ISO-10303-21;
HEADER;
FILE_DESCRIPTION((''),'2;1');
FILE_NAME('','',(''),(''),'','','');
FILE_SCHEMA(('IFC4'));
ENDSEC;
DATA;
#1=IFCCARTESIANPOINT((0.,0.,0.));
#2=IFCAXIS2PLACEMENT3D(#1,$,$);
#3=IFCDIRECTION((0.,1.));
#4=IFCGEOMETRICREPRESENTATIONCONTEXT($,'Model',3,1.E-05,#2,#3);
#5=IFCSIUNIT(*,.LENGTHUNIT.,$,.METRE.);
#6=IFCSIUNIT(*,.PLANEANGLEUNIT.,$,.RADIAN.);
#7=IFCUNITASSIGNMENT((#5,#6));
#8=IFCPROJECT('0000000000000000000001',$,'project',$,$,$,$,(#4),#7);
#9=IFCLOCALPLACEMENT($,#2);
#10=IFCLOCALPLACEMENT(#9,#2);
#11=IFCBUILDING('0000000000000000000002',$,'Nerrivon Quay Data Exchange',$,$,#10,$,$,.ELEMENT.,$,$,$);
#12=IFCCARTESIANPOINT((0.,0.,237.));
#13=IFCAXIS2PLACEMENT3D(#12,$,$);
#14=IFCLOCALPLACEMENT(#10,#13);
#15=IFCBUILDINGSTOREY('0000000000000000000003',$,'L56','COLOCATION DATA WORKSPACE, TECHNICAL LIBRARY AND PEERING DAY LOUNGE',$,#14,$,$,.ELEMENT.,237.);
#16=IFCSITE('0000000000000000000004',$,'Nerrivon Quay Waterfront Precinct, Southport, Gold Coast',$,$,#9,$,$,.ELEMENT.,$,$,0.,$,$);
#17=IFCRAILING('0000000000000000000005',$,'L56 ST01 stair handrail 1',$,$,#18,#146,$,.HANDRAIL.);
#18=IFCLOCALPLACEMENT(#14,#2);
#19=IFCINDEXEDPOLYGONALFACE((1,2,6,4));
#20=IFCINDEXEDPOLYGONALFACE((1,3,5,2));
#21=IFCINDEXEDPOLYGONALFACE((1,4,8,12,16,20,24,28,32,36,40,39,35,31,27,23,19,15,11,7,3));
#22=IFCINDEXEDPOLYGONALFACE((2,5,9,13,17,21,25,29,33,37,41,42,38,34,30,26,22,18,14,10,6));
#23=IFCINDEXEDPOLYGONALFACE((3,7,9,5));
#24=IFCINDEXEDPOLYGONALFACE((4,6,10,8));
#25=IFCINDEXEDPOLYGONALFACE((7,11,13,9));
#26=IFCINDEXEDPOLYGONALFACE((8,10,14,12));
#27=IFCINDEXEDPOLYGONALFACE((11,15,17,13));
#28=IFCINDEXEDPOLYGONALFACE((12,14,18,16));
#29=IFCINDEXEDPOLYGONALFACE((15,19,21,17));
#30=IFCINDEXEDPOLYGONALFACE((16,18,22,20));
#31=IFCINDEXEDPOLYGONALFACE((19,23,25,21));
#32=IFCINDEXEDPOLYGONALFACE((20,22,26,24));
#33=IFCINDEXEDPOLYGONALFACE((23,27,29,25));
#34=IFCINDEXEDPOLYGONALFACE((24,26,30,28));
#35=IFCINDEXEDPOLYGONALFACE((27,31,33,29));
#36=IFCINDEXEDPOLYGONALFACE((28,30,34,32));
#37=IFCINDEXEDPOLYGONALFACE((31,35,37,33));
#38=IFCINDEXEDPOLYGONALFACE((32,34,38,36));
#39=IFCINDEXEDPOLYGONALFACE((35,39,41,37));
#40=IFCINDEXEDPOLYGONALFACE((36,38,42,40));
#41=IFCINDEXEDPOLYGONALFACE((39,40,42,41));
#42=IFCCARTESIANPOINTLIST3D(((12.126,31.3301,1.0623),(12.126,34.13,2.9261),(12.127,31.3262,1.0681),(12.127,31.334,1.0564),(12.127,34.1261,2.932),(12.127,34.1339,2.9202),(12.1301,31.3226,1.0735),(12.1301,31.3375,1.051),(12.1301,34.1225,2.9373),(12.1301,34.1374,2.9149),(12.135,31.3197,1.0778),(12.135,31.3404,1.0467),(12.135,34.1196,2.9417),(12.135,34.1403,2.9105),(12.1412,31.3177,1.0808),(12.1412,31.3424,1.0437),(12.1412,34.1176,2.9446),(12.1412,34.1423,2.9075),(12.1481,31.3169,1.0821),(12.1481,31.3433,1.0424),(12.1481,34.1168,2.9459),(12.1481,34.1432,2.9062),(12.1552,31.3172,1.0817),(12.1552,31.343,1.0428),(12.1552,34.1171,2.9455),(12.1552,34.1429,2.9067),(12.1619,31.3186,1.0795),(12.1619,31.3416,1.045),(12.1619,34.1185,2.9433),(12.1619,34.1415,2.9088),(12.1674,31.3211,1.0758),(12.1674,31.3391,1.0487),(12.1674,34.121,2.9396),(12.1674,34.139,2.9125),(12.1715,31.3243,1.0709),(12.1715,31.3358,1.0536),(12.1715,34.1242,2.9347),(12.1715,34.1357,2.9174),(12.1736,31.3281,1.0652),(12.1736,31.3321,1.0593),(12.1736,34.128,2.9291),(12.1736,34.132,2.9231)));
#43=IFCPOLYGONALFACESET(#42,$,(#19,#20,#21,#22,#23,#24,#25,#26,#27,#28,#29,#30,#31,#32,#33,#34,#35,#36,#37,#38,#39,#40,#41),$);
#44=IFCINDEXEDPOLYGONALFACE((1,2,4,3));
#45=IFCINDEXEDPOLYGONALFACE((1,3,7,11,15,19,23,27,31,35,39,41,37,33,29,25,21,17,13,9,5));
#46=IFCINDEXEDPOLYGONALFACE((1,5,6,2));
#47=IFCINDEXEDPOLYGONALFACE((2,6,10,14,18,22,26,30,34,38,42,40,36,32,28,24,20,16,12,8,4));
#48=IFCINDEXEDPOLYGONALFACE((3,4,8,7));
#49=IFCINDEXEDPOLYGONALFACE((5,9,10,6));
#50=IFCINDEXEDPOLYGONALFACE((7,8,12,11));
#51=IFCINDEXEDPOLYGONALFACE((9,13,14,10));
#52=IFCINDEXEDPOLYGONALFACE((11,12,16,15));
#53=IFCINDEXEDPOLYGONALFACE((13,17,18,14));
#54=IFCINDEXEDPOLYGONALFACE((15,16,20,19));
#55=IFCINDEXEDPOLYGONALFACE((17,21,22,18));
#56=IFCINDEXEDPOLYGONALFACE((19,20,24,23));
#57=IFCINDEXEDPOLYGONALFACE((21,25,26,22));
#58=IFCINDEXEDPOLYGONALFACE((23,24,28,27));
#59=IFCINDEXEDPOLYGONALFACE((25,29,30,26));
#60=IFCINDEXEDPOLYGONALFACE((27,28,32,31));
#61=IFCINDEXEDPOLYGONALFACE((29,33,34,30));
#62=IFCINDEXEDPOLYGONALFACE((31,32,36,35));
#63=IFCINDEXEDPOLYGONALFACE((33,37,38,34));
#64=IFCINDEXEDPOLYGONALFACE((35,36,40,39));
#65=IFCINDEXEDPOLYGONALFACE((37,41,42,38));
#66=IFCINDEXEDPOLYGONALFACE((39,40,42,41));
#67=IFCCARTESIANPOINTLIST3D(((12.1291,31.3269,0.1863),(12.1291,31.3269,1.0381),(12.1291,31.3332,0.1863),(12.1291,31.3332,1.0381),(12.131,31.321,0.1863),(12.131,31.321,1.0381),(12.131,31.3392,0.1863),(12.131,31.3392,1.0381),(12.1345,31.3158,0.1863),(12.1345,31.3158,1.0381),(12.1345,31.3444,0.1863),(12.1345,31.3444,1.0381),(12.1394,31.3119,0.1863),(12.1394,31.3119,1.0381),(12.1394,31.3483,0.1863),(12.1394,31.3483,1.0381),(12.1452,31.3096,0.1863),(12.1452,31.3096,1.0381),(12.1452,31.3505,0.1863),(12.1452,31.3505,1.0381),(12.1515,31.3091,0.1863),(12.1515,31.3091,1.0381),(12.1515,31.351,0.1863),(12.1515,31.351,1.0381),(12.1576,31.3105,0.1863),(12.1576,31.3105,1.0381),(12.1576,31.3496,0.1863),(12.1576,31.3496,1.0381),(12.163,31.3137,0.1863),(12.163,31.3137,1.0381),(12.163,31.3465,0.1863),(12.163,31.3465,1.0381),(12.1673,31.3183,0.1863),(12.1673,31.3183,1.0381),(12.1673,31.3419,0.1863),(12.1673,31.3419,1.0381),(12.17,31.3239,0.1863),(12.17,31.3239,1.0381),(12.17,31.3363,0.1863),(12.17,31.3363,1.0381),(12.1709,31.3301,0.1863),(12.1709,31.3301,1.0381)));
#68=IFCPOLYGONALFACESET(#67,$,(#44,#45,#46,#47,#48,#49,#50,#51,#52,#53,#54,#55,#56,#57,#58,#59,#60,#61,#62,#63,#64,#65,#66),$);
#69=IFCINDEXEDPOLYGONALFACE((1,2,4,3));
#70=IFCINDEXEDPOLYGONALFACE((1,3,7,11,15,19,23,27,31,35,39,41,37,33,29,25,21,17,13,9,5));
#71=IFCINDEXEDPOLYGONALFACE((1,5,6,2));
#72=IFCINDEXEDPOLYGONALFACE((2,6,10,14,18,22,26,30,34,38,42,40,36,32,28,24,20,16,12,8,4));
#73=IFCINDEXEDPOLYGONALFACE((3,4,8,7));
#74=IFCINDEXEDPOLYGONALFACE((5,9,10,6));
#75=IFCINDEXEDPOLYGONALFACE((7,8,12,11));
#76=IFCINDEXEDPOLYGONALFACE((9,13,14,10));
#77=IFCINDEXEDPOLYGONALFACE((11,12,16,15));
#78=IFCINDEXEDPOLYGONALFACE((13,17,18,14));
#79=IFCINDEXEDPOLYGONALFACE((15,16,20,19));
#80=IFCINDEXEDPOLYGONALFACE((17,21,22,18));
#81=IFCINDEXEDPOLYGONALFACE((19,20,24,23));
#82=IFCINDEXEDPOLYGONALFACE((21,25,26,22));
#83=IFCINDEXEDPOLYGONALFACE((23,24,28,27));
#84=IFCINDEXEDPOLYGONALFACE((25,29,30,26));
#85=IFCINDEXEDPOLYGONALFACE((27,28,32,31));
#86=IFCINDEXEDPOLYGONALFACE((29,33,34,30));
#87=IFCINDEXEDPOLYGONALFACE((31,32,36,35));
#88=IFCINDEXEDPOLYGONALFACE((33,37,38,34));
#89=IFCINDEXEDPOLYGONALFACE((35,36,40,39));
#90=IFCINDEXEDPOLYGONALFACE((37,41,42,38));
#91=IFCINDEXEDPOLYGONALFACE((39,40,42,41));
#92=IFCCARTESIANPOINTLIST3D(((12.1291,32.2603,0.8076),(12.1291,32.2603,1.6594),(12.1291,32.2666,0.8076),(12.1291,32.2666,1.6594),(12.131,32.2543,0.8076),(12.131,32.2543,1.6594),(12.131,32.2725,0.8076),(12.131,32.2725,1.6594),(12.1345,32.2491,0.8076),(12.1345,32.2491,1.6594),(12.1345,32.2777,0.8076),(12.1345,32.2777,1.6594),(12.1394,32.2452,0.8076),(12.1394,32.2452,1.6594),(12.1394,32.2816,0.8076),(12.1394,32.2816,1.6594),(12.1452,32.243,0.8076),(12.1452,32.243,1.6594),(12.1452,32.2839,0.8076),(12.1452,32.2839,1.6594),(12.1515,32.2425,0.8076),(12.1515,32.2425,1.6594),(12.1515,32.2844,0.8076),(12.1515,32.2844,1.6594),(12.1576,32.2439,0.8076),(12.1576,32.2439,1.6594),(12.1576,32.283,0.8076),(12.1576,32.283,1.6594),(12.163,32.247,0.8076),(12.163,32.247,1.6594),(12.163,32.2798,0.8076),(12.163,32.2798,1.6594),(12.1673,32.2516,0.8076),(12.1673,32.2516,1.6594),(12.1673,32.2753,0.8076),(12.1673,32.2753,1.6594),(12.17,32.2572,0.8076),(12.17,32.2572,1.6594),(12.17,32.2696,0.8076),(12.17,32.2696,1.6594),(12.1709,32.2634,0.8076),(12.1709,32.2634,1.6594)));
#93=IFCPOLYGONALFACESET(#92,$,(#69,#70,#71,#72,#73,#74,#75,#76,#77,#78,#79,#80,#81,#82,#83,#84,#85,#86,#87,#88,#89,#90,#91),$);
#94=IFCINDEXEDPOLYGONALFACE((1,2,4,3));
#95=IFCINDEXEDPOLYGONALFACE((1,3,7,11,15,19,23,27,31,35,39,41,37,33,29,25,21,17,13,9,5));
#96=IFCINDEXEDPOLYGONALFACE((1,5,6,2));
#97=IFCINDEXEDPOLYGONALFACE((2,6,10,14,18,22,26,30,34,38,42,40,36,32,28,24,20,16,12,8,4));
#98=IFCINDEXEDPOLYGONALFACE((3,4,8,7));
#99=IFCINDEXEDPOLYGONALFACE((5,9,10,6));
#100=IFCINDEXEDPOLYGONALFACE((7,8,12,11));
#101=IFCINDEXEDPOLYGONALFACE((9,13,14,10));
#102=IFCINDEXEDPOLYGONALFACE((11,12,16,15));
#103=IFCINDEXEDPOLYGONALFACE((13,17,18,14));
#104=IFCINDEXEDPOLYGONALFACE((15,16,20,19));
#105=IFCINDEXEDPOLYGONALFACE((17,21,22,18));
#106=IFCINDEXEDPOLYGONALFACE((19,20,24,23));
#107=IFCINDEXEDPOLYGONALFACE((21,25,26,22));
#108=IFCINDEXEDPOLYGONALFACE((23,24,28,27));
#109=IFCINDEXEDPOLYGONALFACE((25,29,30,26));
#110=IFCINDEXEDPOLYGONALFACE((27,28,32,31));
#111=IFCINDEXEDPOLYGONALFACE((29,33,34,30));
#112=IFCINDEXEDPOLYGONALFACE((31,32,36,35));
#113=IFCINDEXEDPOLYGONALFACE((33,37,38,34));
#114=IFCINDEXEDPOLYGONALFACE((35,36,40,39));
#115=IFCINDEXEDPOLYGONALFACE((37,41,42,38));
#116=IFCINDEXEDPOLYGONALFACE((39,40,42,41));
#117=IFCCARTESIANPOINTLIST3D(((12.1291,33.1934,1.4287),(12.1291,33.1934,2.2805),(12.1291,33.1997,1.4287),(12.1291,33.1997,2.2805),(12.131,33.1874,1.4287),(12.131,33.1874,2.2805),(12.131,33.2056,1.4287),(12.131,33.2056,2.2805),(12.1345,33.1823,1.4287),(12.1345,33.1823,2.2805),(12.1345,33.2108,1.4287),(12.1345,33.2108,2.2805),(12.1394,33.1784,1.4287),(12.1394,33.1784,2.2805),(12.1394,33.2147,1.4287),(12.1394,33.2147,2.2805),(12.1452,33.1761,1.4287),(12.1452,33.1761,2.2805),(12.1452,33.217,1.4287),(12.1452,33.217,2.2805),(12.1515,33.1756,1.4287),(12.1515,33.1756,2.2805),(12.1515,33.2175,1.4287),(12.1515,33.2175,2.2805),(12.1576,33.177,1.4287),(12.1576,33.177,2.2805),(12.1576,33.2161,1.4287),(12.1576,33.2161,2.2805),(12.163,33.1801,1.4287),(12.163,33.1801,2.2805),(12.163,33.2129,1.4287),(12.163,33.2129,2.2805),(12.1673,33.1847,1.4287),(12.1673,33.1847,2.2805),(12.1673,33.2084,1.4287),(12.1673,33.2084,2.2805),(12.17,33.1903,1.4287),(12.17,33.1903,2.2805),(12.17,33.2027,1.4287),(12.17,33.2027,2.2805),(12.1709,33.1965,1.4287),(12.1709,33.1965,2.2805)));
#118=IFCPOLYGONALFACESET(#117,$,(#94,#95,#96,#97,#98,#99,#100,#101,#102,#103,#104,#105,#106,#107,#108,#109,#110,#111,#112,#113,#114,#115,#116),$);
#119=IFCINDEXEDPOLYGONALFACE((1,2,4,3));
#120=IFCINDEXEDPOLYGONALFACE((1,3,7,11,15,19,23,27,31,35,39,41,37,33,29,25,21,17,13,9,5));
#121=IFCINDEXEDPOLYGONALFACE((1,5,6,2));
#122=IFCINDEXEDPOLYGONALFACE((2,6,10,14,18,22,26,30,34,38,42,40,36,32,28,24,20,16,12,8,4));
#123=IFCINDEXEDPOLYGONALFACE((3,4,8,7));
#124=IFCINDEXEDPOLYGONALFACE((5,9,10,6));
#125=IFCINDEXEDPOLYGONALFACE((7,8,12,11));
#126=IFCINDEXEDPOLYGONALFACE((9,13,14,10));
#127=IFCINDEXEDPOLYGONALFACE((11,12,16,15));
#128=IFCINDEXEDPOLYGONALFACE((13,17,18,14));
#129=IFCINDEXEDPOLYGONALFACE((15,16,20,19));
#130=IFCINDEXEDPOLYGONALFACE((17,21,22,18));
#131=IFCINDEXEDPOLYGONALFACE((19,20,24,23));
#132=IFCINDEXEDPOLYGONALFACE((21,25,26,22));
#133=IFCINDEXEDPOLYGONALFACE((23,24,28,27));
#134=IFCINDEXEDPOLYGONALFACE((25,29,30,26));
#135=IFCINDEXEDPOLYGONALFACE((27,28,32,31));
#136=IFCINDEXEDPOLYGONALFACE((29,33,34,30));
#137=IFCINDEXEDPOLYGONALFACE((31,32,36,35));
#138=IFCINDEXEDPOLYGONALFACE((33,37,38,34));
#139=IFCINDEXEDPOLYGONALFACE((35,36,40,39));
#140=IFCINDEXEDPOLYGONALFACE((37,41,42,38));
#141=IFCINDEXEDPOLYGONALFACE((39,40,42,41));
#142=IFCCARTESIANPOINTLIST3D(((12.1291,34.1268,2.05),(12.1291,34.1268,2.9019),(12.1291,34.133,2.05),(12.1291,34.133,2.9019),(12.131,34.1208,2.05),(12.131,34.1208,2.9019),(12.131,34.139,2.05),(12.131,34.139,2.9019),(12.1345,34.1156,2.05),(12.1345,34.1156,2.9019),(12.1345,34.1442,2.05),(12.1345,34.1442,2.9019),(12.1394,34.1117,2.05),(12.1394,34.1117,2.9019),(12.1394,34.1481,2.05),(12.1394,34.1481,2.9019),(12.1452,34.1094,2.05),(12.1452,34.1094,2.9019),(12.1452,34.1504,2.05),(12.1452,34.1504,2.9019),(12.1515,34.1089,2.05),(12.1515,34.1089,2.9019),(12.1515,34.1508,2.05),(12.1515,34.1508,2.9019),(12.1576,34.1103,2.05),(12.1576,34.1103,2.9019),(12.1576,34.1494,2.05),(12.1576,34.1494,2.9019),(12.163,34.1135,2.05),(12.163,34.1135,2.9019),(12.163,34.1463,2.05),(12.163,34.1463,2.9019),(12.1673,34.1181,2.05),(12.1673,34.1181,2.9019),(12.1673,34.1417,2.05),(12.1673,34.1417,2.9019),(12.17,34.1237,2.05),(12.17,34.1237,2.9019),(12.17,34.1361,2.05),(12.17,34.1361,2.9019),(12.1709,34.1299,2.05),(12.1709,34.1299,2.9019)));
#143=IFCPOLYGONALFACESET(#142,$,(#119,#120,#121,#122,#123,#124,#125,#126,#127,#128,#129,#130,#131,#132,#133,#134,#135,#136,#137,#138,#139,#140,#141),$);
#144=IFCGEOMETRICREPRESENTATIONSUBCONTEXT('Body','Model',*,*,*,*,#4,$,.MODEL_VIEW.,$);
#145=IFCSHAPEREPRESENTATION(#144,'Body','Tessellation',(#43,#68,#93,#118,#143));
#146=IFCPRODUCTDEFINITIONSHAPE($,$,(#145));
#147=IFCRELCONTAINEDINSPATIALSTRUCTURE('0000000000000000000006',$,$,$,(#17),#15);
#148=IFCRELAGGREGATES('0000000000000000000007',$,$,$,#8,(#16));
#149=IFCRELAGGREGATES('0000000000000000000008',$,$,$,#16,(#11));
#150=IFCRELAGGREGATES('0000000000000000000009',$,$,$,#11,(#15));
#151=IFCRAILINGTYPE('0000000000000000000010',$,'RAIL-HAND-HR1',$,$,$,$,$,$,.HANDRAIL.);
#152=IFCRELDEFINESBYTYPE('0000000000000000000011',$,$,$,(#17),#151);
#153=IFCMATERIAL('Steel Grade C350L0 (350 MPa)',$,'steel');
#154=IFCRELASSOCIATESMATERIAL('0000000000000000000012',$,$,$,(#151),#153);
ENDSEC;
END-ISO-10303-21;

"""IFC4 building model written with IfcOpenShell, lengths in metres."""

from ifc_helpers import new_model, si_unit, direction, frame, origin, origin_2d, place, context, subcontext, project, spatial, circle, extrude, material, type_object, element, save


model = new_model("IFC4")

# Units and contexts
model_context = context("Model", 3, precision=1e-05, world=origin(), true_north=direction((0.0, 1.0)))
body_context = subcontext(model_context, "Body", "Model", "MODEL_VIEW")
ifc_project = project(units=[si_unit("LENGTHUNIT", "METRE"), si_unit("PLANEANGLEUNIT", "RADIAN")], contexts=[model_context])

# Site, building, storey
site_placement = place(None, origin())
site = spatial("IfcSite", under=ifc_project, at=site_placement, Name="Nerrivon Quay Waterfront Precinct, Southport, Gold Coast", CompositionType="ELEMENT", RefElevation=0.0)
building_placement = place(site_placement, origin())
building = spatial("IfcBuilding", under=site, at=building_placement, Name="Nerrivon Quay Data Exchange", CompositionType="ELEMENT")
storey_placement = place(building_placement, frame((0.0, 0.0, 237.0)))
storey = spatial("IfcBuildingStorey", under=building, at=storey_placement, Name="L56", Description="COLOCATION DATA WORKSPACE, TECHNICAL LIBRARY AND PEERING DAY LOUNGE", CompositionType="ELEMENT", Elevation=237.0)

# Railing
ifc_material_1 = material(Name="Steel Grade C350L0 (350 MPa)", Category="steel")
railing_type_1 = type_object("IfcRailingType", Name="RAIL-HAND-HR1", PredefinedType="HANDRAIL", material=ifc_material_1)
railing_1_placement = place(storey_placement, frame((12.1499, 31.3301, 0.1863)))
element("IfcRailing", 1, at=railing_1_placement, inside=storey, type_object=railing_type_1, Name="L56 ST01 stair handrail 1", PredefinedType="HANDRAIL", context=body_context, shape_type="SweptSolid", body=[
    extrude(circle(Radius=0.0239, at=origin_2d()), frame((0.0, 0.0, 0.876), z_axis=(0.0, 0.83243, 0.554131), x_axis=(-1.0, 0.0, 0.0)), (0.0, 0.0, 1.0), 3.3635),
    extrude(circle(Radius=0.021, at=origin_2d()), origin(), (0.0, 0.0, 1.0), 0.8518),
    extrude(circle(Radius=0.021, at=origin_2d()), frame((0.0, 0.9333, 0.6213)), (0.0, 0.0, 1.0), 0.8518),
    extrude(circle(Radius=0.021, at=origin_2d()), frame((0.0, 1.8665, 1.2424)), (0.0, 0.0, 1.0), 0.8518),
    extrude(circle(Radius=0.021, at=origin_2d()), frame((0.0, 2.7998, 1.8638)), (0.0, 0.0, 1.0), 0.8518),
])

save(model, "model.ifc")
